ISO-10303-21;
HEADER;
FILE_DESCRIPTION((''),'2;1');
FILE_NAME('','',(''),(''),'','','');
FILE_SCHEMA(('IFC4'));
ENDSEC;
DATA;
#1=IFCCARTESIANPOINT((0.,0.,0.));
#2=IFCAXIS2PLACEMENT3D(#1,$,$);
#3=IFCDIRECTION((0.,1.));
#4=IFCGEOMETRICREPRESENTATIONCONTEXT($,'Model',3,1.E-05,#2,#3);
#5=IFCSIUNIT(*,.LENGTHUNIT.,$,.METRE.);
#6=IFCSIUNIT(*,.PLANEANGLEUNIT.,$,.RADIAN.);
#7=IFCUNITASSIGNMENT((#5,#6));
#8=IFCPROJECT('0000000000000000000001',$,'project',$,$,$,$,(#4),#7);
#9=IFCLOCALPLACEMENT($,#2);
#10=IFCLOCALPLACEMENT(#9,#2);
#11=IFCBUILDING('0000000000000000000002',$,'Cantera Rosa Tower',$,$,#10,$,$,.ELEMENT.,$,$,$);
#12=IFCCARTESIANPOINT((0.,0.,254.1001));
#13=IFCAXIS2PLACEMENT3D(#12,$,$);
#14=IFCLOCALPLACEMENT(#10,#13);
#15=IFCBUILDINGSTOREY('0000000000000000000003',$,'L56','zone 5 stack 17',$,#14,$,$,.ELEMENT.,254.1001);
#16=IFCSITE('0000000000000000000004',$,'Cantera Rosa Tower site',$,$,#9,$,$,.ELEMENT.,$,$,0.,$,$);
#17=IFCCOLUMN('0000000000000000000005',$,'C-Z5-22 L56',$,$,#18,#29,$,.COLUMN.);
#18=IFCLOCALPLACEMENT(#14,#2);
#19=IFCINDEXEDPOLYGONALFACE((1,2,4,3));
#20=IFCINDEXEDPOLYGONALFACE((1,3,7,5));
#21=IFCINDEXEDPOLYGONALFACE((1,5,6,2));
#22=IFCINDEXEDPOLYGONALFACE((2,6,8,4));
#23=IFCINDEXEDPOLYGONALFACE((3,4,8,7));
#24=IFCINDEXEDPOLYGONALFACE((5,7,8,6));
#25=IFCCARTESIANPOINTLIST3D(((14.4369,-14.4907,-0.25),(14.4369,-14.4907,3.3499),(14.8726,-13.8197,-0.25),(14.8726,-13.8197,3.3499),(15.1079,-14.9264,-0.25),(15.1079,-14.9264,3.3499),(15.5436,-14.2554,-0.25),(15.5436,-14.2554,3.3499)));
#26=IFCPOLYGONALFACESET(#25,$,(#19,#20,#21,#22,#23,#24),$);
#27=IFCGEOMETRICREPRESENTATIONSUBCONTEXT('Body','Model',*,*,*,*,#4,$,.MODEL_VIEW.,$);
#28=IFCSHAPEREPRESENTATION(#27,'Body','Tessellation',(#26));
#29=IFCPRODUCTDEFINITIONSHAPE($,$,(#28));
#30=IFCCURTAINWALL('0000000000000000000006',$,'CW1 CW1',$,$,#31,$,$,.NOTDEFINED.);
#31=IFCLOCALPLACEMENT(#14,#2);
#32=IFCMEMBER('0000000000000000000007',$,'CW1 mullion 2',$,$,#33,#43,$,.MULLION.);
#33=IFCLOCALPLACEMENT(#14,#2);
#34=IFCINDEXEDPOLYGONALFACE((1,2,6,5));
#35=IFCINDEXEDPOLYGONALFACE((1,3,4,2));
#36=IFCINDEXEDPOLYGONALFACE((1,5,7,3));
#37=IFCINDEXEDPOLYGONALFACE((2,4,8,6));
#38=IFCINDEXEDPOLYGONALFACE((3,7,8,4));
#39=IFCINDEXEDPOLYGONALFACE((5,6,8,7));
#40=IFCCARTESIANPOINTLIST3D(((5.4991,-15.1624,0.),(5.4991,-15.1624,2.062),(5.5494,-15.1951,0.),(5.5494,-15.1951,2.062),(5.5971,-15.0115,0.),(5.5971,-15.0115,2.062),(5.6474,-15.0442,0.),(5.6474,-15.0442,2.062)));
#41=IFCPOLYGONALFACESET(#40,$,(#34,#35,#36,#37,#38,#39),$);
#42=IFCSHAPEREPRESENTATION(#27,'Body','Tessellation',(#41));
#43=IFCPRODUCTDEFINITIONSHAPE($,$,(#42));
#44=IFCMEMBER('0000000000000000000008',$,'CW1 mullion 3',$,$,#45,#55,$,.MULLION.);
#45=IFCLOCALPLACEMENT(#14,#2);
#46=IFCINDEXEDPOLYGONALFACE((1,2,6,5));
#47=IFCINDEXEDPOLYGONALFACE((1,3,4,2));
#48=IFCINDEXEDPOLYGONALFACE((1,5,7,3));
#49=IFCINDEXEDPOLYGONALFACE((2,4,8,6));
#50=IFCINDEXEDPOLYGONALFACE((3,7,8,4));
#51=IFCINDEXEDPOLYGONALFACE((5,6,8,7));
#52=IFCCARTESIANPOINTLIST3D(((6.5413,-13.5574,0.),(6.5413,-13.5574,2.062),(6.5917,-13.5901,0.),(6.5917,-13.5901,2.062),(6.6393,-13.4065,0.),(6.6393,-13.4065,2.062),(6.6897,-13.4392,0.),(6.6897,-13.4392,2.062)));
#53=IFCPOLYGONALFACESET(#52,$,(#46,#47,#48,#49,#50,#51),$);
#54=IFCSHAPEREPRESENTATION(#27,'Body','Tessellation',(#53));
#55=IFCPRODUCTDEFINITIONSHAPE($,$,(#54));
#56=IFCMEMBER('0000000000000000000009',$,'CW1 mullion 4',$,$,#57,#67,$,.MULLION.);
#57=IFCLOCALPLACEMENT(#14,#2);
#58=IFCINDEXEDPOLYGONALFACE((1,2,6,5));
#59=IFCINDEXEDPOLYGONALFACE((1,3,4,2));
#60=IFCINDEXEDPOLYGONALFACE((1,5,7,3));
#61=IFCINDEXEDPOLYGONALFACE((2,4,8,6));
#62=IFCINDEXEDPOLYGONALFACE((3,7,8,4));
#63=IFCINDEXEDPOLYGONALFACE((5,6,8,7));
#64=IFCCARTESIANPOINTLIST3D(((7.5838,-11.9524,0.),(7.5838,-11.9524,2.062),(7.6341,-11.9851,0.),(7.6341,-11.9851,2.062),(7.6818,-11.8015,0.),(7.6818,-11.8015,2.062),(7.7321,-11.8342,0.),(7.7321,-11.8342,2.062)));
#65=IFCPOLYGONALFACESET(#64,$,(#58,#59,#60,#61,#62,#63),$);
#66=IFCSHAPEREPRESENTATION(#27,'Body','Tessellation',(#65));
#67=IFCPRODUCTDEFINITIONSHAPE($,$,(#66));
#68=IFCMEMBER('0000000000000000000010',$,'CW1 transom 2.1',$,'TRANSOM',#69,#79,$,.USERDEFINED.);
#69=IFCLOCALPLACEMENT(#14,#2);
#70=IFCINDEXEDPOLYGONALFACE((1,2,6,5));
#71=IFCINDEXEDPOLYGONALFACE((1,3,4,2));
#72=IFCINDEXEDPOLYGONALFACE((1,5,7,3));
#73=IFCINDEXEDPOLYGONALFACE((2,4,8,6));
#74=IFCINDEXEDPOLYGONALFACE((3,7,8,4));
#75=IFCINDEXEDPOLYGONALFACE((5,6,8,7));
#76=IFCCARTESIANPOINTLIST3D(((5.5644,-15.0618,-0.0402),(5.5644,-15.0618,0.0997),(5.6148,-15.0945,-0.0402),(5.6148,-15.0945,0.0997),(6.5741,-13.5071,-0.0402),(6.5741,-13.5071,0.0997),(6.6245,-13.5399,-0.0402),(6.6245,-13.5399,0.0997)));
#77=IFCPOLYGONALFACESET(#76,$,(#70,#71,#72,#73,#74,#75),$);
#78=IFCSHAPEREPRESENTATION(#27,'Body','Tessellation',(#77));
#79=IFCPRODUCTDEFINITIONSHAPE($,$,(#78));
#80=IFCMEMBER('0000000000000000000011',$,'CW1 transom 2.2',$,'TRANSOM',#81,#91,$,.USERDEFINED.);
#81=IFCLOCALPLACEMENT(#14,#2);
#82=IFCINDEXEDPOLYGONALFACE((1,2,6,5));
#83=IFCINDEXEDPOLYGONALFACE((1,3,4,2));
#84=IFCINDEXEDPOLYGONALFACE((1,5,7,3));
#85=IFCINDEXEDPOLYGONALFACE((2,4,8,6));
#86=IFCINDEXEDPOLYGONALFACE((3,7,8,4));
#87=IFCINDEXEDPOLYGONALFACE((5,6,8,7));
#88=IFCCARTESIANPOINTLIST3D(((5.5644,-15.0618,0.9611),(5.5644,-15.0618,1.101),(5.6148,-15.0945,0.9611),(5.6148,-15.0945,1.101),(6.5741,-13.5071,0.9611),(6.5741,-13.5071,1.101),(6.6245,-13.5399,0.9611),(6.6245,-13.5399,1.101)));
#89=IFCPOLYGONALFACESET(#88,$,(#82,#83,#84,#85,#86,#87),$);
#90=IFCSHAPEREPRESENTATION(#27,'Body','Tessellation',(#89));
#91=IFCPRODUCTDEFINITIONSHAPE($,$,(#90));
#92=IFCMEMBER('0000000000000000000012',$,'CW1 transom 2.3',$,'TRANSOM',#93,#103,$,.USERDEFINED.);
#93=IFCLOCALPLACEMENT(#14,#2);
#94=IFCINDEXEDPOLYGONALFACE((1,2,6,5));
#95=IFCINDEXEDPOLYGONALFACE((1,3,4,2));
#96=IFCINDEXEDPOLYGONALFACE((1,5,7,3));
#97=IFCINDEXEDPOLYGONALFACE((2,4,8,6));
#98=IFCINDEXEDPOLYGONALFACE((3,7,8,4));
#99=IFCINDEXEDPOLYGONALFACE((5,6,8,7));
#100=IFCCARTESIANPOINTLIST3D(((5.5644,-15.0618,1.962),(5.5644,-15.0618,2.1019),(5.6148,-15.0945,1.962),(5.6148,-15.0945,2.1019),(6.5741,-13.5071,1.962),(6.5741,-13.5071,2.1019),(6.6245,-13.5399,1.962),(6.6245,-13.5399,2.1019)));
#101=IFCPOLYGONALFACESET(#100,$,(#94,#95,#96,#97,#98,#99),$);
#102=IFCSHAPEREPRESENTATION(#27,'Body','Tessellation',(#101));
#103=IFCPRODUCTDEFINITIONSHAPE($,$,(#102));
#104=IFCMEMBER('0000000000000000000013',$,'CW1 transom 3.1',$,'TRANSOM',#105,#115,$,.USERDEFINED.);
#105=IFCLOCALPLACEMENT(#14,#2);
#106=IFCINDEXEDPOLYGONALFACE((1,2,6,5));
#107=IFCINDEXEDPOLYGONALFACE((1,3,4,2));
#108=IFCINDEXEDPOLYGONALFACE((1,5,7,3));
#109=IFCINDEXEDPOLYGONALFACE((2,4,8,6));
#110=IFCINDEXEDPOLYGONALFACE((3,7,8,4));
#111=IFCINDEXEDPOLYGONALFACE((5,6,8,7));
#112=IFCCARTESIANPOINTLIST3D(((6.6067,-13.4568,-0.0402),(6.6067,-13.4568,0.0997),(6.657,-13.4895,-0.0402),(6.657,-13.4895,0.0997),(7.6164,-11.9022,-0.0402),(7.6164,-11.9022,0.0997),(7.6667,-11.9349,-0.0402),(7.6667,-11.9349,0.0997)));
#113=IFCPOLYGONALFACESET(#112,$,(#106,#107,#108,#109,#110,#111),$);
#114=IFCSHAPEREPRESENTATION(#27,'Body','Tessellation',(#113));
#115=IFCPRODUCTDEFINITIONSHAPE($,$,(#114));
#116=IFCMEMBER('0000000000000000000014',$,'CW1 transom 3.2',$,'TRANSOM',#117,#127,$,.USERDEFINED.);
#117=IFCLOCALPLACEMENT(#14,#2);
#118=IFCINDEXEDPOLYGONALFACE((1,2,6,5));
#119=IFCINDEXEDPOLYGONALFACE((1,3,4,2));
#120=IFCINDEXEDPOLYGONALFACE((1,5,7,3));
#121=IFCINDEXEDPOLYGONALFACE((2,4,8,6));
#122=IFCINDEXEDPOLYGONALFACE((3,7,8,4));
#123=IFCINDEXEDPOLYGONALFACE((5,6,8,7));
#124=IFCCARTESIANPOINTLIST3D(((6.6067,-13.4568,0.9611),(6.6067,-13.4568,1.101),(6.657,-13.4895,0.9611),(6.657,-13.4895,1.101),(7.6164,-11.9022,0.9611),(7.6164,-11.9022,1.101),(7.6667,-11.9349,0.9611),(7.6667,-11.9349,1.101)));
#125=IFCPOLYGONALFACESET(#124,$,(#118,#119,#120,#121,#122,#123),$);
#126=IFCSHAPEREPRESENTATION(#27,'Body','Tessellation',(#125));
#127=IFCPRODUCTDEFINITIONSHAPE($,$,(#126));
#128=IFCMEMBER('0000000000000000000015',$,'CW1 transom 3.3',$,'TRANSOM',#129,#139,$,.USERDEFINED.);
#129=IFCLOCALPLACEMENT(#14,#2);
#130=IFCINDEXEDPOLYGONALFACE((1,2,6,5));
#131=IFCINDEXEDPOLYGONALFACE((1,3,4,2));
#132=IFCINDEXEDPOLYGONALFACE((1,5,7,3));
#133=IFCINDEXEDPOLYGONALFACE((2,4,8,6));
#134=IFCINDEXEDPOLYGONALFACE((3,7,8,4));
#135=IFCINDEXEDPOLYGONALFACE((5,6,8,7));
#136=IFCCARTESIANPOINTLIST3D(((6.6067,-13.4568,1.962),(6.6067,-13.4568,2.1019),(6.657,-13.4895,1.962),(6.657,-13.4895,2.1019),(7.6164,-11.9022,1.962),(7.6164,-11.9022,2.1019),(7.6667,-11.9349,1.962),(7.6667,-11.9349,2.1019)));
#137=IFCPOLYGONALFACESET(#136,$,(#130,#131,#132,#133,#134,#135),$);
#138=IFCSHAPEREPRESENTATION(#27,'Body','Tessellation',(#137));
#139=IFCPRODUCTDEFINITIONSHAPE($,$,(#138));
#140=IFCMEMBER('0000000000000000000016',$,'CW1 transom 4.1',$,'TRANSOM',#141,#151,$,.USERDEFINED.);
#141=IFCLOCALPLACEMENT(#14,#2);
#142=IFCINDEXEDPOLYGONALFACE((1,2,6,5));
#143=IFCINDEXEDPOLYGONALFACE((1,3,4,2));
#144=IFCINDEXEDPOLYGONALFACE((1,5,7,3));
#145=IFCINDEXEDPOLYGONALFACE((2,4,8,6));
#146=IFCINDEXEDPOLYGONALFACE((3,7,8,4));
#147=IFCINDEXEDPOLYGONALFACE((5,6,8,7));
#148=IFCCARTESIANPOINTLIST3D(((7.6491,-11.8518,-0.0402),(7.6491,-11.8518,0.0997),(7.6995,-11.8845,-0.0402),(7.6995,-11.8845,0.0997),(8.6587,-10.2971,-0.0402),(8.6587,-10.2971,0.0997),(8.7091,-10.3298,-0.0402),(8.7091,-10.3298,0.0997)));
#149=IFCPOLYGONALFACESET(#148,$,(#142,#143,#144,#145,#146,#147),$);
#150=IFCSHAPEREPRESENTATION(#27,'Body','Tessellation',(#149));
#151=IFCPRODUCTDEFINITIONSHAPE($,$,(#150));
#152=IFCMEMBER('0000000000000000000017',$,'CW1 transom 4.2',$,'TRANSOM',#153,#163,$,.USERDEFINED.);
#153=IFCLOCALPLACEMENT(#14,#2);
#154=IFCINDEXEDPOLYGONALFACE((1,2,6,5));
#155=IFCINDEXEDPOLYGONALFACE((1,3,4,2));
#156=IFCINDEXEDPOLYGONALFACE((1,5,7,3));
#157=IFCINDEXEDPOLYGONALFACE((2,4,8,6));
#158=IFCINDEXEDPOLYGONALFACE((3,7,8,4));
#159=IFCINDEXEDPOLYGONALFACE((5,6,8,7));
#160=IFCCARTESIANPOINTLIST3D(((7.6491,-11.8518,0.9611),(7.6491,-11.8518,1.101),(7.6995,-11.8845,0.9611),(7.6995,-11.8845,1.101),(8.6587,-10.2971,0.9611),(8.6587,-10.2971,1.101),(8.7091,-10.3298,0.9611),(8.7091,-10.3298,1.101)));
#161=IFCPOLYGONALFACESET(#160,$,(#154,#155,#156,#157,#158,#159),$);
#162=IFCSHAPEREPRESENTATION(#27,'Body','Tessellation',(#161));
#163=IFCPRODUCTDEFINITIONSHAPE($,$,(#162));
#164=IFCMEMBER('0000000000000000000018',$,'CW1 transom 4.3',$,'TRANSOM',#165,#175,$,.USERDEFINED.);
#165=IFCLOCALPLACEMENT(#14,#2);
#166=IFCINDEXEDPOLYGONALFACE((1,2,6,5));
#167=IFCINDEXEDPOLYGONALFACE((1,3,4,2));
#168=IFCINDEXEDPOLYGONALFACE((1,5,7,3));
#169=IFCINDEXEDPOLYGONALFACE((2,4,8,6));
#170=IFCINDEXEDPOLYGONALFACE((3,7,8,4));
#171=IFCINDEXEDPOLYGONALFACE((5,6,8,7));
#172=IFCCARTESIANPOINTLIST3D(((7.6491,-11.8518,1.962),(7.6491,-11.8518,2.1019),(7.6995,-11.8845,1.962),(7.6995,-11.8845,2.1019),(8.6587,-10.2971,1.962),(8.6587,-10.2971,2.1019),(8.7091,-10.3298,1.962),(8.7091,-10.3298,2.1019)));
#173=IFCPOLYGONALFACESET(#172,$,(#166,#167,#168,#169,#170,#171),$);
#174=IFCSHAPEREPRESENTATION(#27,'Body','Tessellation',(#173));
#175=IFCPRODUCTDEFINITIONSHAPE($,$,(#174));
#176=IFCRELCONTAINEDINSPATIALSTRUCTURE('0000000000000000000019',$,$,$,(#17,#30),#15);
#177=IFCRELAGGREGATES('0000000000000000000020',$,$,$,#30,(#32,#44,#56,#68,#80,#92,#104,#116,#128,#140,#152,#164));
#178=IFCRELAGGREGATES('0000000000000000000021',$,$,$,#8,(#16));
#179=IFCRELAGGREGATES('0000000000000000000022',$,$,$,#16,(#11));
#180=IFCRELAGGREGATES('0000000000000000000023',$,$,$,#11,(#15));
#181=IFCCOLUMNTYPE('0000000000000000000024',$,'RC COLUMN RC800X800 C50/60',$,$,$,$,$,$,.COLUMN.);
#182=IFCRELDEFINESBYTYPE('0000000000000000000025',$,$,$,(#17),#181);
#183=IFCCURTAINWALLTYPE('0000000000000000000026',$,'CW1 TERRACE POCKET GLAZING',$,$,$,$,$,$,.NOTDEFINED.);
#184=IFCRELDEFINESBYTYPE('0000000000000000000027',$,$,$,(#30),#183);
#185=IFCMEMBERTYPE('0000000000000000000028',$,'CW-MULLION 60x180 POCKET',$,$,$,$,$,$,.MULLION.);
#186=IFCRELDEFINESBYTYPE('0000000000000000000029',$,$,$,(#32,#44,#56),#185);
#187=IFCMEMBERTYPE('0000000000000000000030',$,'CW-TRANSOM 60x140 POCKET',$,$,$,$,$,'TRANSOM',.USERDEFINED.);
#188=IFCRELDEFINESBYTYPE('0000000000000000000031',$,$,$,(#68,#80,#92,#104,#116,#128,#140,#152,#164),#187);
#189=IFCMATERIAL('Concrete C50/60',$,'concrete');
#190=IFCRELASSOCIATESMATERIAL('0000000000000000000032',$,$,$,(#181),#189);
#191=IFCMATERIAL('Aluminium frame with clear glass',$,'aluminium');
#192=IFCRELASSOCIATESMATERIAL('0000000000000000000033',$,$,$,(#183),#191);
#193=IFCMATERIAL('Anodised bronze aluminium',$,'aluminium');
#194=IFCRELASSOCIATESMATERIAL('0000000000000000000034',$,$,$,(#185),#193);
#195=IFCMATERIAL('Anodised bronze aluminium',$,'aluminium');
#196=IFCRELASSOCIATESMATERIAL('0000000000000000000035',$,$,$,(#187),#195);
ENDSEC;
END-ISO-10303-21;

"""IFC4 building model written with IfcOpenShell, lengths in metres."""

from ifc_helpers import new_model, si_unit, direction, frame, origin, origin_2d, place, context, subcontext, project, spatial, rectangle, extrude, material, material_profile, profile_set, type_object, element, aggregate, save


model = new_model("IFC4")

# Units and contexts
model_context = context("Model", 3, precision=1e-05, world=origin(), true_north=direction((0.0, 1.0)))
body_context = subcontext(model_context, "Body", "Model", "MODEL_VIEW")
ifc_project = project(units=[si_unit("LENGTHUNIT", "METRE"), si_unit("PLANEANGLEUNIT", "RADIAN")], contexts=[model_context])

# Site, building, storey
site_placement = place(None, origin())
site = spatial("IfcSite", under=ifc_project, at=site_placement, Name="Cantera Rosa Tower site", CompositionType="ELEMENT", RefElevation=0.0)
building_placement = place(site_placement, origin())
building = spatial("IfcBuilding", under=site, at=building_placement, Name="Cantera Rosa Tower", CompositionType="ELEMENT")
storey_placement = place(building_placement, frame((0.0, 0.0, 254.1001)))
storey = spatial("IfcBuildingStorey", under=building, at=storey_placement, Name="L56", Description="zone 5 stack 17", CompositionType="ELEMENT", Elevation=254.1001)

# Column
ifc_material_1 = material(Name="Concrete C50/60", Category="concrete")
ifc_material_profile_1 = material_profile(ifc_material_1, rectangle(XDim=0.8, YDim=0.8, at=origin_2d()), Name="RC COLUMN RC800X800 C50/60")
ifc_profile_set_1 = profile_set([ifc_material_profile_1], Name="Concrete C50/60")
column_type = type_object("IfcColumnType", Name="RC COLUMN RC800X800 C50/60", PredefinedType="COLUMN", material=ifc_profile_set_1)
column_placement = place(storey_placement, frame((14.9902, -14.373, -0.25), z_axis=(0.0, 0.0, 1.0), x_axis=(0.544639, 0.838671, 0.0)))
element("IfcColumn", 1, at=column_placement, inside=storey, type_object=column_type, Name="C-Z5-22 L56", PredefinedType="COLUMN", context=body_context, shape_type="SweptSolid", body=[
    extrude(rectangle(XDim=0.8, YDim=0.8, at=origin_2d()), origin(), (0.0, 0.0, 1.0), 3.5999),
])

# Curtain wall, members
ifc_material_2 = material(Name="Aluminium frame with clear glass", Category="aluminium")
curtain_wall_type = type_object("IfcCurtainWallType", Name="CW1 TERRACE POCKET GLAZING", PredefinedType="NOTDEFINED", material=ifc_material_2)
curtain_wall_placement = place(storey_placement, origin())
curtain_wall = element("IfcCurtainWall", 2, at=curtain_wall_placement, inside=storey, type_object=curtain_wall_type, Name="CW1 CW1", PredefinedType="NOTDEFINED")
ifc_material_3 = material(Name="Anodised bronze aluminium", Category="aluminium")
ifc_material_profile_2 = material_profile(ifc_material_3, rectangle(XDim=0.0601, YDim=0.1799, at=origin_2d()), Name="CW-MULLION 60x180 POCKET")
ifc_profile_set_2 = profile_set([ifc_material_profile_2], Name="Anodised bronze aluminium")
member_type_1 = type_object("IfcMemberType", Name="CW-MULLION 60x180 POCKET", PredefinedType="MULLION", material=ifc_profile_set_2)
member_1_placement = place(storey_placement, frame((5.5732, -15.1033, 0.0), z_axis=(0.0, 0.0, 1.0), x_axis=(-0.838671, 0.544639, 0.0)))
member_1 = element("IfcMember", 3, at=member_1_placement, type_object=member_type_1, Name="CW1 mullion 2", PredefinedType="MULLION", context=body_context, shape_type="SweptSolid", body=[
    extrude(rectangle(XDim=0.0601, YDim=0.1799, at=origin_2d()), origin(), (0.0, 0.0, 1.0), 2.062),
])
member_2_placement = place(storey_placement, frame((6.6155, -13.4983, 0.0), z_axis=(0.0, 0.0, 1.0), x_axis=(-0.838671, 0.544639, 0.0)))
member_2 = element("IfcMember", 4, at=member_2_placement, type_object=member_type_1, Name="CW1 mullion 3", PredefinedType="MULLION", context=body_context, shape_type="SweptSolid", body=[
    extrude(rectangle(XDim=0.0601, YDim=0.1799, at=origin_2d()), origin(), (0.0, 0.0, 1.0), 2.062),
])
member_3_placement = place(storey_placement, frame((7.658, -11.8933, 0.0), z_axis=(0.0, 0.0, 1.0), x_axis=(-0.838671, 0.544639, 0.0)))
member_3 = element("IfcMember", 5, at=member_3_placement, type_object=member_type_1, Name="CW1 mullion 4", PredefinedType="MULLION", context=body_context, shape_type="SweptSolid", body=[
    extrude(rectangle(XDim=0.0601, YDim=0.1799, at=origin_2d()), origin(), (0.0, 0.0, 1.0), 2.062),
])
ifc_material_4 = material(Name="Anodised bronze aluminium", Category="aluminium")
ifc_material_profile_3 = material_profile(ifc_material_4, rectangle(XDim=0.0601, YDim=0.1399, at=origin_2d()), Name="CW-TRANSOM 60x140 POCKET")
ifc_profile_set_3 = profile_set([ifc_material_profile_3], Name="Anodised bronze aluminium")
member_type_2 = type_object("IfcMemberType", Name="CW-TRANSOM 60x140 POCKET", ElementType="TRANSOM", PredefinedType="USERDEFINED", material=ifc_profile_set_3)
member_4_placement = place(storey_placement, frame((5.5896, -15.0781, 0.0298), z_axis=(0.544692, 0.838636, 0.0), x_axis=(-0.838636, 0.544692, 0.0)))
member_4 = element("IfcMember", 6, at=member_4_placement, type_object=member_type_2, Name="CW1 transom 2.1", ObjectType="TRANSOM", PredefinedType="USERDEFINED", context=body_context, shape_type="SweptSolid", body=[
    extrude(rectangle(XDim=0.0601, YDim=0.1399, at=origin_2d()), origin(), (0.0, 0.0, 1.0), 1.8538),
])
member_5_placement = place(storey_placement, frame((5.5896, -15.0781, 1.031), z_axis=(0.544692, 0.838636, 0.0), x_axis=(-0.838636, 0.544692, 0.0)))
member_5 = element("IfcMember", 7, at=member_5_placement, type_object=member_type_2, Name="CW1 transom 2.2", ObjectType="TRANSOM", PredefinedType="USERDEFINED", context=body_context, shape_type="SweptSolid", body=[
    extrude(rectangle(XDim=0.0601, YDim=0.1399, at=origin_2d()), origin(), (0.0, 0.0, 1.0), 1.8538),
])
member_6_placement = place(storey_placement, frame((5.5896, -15.0781, 2.032), z_axis=(0.544692, 0.838636, 0.0), x_axis=(-0.838636, 0.544692, 0.0)))
member_6 = element("IfcMember", 8, at=member_6_placement, type_object=member_type_2, Name="CW1 transom 2.3", ObjectType="TRANSOM", PredefinedType="USERDEFINED", context=body_context, shape_type="SweptSolid", body=[
    extrude(rectangle(XDim=0.0601, YDim=0.1399, at=origin_2d()), origin(), (0.0, 0.0, 1.0), 1.8538),
])
member_7_placement = place(storey_placement, frame((6.6318, -13.4731, 0.0298), z_axis=(0.544692, 0.838636, 0.0), x_axis=(-0.838636, 0.544692, 0.0)))
member_7 = element("IfcMember", 9, at=member_7_placement, type_object=member_type_2, Name="CW1 transom 3.1", ObjectType="TRANSOM", PredefinedType="USERDEFINED", context=body_context, shape_type="SweptSolid", body=[
    extrude(rectangle(XDim=0.0601, YDim=0.1399, at=origin_2d()), origin(), (0.0, 0.0, 1.0), 1.8538),
])
member_8_placement = place(storey_placement, frame((6.6318, -13.4731, 1.031), z_axis=(0.544692, 0.838636, 0.0), x_axis=(-0.838636, 0.544692, 0.0)))
member_8 = element("IfcMember", 10, at=member_8_placement, type_object=member_type_2, Name="CW1 transom 3.2", ObjectType="TRANSOM", PredefinedType="USERDEFINED", context=body_context, shape_type="SweptSolid", body=[
    extrude(rectangle(XDim=0.0601, YDim=0.1399, at=origin_2d()), origin(), (0.0, 0.0, 1.0), 1.8538),
])
member_9_placement = place(storey_placement, frame((6.6318, -13.4731, 2.032), z_axis=(0.544692, 0.838636, 0.0), x_axis=(-0.838636, 0.544692, 0.0)))
member_9 = element("IfcMember", 11, at=member_9_placement, type_object=member_type_2, Name="CW1 transom 3.3", ObjectType="TRANSOM", PredefinedType="USERDEFINED", context=body_context, shape_type="SweptSolid", body=[
    extrude(rectangle(XDim=0.0601, YDim=0.1399, at=origin_2d()), origin(), (0.0, 0.0, 1.0), 1.8538),
])
member_10_placement = place(storey_placement, frame((7.6743, -11.8682, 0.0298), z_axis=(0.544599, 0.838696, 0.0), x_axis=(-0.838696, 0.544599, 0.0)))
member_10 = element("IfcMember", 12, at=member_10_placement, type_object=member_type_2, Name="CW1 transom 4.1", ObjectType="TRANSOM", PredefinedType="USERDEFINED", context=body_context, shape_type="SweptSolid", body=[
    extrude(rectangle(XDim=0.0601, YDim=0.1399, at=origin_2d()), origin(), (0.0, 0.0, 1.0), 1.8538),
])
member_11_placement = place(storey_placement, frame((7.6743, -11.8682, 1.031), z_axis=(0.544599, 0.838696, 0.0), x_axis=(-0.838696, 0.544599, 0.0)))
member_11 = element("IfcMember", 13, at=member_11_placement, type_object=member_type_2, Name="CW1 transom 4.2", ObjectType="TRANSOM", PredefinedType="USERDEFINED", context=body_context, shape_type="SweptSolid", body=[
    extrude(rectangle(XDim=0.0601, YDim=0.1399, at=origin_2d()), origin(), (0.0, 0.0, 1.0), 1.8538),
])
member_12_placement = place(storey_placement, frame((7.6743, -11.8682, 2.032), z_axis=(0.544599, 0.838696, 0.0), x_axis=(-0.838696, 0.544599, 0.0)))
member_12 = element("IfcMember", 14, at=member_12_placement, type_object=member_type_2, Name="CW1 transom 4.3", ObjectType="TRANSOM", PredefinedType="USERDEFINED", context=body_context, shape_type="SweptSolid", body=[
    extrude(rectangle(XDim=0.0601, YDim=0.1399, at=origin_2d()), origin(), (0.0, 0.0, 1.0), 1.8538),
])

aggregate(curtain_wall, [member_1, member_2, member_3, member_4, member_5, member_6, member_7, member_8, member_9, member_10, member_11, member_12])

save(model, "model.ifc")
